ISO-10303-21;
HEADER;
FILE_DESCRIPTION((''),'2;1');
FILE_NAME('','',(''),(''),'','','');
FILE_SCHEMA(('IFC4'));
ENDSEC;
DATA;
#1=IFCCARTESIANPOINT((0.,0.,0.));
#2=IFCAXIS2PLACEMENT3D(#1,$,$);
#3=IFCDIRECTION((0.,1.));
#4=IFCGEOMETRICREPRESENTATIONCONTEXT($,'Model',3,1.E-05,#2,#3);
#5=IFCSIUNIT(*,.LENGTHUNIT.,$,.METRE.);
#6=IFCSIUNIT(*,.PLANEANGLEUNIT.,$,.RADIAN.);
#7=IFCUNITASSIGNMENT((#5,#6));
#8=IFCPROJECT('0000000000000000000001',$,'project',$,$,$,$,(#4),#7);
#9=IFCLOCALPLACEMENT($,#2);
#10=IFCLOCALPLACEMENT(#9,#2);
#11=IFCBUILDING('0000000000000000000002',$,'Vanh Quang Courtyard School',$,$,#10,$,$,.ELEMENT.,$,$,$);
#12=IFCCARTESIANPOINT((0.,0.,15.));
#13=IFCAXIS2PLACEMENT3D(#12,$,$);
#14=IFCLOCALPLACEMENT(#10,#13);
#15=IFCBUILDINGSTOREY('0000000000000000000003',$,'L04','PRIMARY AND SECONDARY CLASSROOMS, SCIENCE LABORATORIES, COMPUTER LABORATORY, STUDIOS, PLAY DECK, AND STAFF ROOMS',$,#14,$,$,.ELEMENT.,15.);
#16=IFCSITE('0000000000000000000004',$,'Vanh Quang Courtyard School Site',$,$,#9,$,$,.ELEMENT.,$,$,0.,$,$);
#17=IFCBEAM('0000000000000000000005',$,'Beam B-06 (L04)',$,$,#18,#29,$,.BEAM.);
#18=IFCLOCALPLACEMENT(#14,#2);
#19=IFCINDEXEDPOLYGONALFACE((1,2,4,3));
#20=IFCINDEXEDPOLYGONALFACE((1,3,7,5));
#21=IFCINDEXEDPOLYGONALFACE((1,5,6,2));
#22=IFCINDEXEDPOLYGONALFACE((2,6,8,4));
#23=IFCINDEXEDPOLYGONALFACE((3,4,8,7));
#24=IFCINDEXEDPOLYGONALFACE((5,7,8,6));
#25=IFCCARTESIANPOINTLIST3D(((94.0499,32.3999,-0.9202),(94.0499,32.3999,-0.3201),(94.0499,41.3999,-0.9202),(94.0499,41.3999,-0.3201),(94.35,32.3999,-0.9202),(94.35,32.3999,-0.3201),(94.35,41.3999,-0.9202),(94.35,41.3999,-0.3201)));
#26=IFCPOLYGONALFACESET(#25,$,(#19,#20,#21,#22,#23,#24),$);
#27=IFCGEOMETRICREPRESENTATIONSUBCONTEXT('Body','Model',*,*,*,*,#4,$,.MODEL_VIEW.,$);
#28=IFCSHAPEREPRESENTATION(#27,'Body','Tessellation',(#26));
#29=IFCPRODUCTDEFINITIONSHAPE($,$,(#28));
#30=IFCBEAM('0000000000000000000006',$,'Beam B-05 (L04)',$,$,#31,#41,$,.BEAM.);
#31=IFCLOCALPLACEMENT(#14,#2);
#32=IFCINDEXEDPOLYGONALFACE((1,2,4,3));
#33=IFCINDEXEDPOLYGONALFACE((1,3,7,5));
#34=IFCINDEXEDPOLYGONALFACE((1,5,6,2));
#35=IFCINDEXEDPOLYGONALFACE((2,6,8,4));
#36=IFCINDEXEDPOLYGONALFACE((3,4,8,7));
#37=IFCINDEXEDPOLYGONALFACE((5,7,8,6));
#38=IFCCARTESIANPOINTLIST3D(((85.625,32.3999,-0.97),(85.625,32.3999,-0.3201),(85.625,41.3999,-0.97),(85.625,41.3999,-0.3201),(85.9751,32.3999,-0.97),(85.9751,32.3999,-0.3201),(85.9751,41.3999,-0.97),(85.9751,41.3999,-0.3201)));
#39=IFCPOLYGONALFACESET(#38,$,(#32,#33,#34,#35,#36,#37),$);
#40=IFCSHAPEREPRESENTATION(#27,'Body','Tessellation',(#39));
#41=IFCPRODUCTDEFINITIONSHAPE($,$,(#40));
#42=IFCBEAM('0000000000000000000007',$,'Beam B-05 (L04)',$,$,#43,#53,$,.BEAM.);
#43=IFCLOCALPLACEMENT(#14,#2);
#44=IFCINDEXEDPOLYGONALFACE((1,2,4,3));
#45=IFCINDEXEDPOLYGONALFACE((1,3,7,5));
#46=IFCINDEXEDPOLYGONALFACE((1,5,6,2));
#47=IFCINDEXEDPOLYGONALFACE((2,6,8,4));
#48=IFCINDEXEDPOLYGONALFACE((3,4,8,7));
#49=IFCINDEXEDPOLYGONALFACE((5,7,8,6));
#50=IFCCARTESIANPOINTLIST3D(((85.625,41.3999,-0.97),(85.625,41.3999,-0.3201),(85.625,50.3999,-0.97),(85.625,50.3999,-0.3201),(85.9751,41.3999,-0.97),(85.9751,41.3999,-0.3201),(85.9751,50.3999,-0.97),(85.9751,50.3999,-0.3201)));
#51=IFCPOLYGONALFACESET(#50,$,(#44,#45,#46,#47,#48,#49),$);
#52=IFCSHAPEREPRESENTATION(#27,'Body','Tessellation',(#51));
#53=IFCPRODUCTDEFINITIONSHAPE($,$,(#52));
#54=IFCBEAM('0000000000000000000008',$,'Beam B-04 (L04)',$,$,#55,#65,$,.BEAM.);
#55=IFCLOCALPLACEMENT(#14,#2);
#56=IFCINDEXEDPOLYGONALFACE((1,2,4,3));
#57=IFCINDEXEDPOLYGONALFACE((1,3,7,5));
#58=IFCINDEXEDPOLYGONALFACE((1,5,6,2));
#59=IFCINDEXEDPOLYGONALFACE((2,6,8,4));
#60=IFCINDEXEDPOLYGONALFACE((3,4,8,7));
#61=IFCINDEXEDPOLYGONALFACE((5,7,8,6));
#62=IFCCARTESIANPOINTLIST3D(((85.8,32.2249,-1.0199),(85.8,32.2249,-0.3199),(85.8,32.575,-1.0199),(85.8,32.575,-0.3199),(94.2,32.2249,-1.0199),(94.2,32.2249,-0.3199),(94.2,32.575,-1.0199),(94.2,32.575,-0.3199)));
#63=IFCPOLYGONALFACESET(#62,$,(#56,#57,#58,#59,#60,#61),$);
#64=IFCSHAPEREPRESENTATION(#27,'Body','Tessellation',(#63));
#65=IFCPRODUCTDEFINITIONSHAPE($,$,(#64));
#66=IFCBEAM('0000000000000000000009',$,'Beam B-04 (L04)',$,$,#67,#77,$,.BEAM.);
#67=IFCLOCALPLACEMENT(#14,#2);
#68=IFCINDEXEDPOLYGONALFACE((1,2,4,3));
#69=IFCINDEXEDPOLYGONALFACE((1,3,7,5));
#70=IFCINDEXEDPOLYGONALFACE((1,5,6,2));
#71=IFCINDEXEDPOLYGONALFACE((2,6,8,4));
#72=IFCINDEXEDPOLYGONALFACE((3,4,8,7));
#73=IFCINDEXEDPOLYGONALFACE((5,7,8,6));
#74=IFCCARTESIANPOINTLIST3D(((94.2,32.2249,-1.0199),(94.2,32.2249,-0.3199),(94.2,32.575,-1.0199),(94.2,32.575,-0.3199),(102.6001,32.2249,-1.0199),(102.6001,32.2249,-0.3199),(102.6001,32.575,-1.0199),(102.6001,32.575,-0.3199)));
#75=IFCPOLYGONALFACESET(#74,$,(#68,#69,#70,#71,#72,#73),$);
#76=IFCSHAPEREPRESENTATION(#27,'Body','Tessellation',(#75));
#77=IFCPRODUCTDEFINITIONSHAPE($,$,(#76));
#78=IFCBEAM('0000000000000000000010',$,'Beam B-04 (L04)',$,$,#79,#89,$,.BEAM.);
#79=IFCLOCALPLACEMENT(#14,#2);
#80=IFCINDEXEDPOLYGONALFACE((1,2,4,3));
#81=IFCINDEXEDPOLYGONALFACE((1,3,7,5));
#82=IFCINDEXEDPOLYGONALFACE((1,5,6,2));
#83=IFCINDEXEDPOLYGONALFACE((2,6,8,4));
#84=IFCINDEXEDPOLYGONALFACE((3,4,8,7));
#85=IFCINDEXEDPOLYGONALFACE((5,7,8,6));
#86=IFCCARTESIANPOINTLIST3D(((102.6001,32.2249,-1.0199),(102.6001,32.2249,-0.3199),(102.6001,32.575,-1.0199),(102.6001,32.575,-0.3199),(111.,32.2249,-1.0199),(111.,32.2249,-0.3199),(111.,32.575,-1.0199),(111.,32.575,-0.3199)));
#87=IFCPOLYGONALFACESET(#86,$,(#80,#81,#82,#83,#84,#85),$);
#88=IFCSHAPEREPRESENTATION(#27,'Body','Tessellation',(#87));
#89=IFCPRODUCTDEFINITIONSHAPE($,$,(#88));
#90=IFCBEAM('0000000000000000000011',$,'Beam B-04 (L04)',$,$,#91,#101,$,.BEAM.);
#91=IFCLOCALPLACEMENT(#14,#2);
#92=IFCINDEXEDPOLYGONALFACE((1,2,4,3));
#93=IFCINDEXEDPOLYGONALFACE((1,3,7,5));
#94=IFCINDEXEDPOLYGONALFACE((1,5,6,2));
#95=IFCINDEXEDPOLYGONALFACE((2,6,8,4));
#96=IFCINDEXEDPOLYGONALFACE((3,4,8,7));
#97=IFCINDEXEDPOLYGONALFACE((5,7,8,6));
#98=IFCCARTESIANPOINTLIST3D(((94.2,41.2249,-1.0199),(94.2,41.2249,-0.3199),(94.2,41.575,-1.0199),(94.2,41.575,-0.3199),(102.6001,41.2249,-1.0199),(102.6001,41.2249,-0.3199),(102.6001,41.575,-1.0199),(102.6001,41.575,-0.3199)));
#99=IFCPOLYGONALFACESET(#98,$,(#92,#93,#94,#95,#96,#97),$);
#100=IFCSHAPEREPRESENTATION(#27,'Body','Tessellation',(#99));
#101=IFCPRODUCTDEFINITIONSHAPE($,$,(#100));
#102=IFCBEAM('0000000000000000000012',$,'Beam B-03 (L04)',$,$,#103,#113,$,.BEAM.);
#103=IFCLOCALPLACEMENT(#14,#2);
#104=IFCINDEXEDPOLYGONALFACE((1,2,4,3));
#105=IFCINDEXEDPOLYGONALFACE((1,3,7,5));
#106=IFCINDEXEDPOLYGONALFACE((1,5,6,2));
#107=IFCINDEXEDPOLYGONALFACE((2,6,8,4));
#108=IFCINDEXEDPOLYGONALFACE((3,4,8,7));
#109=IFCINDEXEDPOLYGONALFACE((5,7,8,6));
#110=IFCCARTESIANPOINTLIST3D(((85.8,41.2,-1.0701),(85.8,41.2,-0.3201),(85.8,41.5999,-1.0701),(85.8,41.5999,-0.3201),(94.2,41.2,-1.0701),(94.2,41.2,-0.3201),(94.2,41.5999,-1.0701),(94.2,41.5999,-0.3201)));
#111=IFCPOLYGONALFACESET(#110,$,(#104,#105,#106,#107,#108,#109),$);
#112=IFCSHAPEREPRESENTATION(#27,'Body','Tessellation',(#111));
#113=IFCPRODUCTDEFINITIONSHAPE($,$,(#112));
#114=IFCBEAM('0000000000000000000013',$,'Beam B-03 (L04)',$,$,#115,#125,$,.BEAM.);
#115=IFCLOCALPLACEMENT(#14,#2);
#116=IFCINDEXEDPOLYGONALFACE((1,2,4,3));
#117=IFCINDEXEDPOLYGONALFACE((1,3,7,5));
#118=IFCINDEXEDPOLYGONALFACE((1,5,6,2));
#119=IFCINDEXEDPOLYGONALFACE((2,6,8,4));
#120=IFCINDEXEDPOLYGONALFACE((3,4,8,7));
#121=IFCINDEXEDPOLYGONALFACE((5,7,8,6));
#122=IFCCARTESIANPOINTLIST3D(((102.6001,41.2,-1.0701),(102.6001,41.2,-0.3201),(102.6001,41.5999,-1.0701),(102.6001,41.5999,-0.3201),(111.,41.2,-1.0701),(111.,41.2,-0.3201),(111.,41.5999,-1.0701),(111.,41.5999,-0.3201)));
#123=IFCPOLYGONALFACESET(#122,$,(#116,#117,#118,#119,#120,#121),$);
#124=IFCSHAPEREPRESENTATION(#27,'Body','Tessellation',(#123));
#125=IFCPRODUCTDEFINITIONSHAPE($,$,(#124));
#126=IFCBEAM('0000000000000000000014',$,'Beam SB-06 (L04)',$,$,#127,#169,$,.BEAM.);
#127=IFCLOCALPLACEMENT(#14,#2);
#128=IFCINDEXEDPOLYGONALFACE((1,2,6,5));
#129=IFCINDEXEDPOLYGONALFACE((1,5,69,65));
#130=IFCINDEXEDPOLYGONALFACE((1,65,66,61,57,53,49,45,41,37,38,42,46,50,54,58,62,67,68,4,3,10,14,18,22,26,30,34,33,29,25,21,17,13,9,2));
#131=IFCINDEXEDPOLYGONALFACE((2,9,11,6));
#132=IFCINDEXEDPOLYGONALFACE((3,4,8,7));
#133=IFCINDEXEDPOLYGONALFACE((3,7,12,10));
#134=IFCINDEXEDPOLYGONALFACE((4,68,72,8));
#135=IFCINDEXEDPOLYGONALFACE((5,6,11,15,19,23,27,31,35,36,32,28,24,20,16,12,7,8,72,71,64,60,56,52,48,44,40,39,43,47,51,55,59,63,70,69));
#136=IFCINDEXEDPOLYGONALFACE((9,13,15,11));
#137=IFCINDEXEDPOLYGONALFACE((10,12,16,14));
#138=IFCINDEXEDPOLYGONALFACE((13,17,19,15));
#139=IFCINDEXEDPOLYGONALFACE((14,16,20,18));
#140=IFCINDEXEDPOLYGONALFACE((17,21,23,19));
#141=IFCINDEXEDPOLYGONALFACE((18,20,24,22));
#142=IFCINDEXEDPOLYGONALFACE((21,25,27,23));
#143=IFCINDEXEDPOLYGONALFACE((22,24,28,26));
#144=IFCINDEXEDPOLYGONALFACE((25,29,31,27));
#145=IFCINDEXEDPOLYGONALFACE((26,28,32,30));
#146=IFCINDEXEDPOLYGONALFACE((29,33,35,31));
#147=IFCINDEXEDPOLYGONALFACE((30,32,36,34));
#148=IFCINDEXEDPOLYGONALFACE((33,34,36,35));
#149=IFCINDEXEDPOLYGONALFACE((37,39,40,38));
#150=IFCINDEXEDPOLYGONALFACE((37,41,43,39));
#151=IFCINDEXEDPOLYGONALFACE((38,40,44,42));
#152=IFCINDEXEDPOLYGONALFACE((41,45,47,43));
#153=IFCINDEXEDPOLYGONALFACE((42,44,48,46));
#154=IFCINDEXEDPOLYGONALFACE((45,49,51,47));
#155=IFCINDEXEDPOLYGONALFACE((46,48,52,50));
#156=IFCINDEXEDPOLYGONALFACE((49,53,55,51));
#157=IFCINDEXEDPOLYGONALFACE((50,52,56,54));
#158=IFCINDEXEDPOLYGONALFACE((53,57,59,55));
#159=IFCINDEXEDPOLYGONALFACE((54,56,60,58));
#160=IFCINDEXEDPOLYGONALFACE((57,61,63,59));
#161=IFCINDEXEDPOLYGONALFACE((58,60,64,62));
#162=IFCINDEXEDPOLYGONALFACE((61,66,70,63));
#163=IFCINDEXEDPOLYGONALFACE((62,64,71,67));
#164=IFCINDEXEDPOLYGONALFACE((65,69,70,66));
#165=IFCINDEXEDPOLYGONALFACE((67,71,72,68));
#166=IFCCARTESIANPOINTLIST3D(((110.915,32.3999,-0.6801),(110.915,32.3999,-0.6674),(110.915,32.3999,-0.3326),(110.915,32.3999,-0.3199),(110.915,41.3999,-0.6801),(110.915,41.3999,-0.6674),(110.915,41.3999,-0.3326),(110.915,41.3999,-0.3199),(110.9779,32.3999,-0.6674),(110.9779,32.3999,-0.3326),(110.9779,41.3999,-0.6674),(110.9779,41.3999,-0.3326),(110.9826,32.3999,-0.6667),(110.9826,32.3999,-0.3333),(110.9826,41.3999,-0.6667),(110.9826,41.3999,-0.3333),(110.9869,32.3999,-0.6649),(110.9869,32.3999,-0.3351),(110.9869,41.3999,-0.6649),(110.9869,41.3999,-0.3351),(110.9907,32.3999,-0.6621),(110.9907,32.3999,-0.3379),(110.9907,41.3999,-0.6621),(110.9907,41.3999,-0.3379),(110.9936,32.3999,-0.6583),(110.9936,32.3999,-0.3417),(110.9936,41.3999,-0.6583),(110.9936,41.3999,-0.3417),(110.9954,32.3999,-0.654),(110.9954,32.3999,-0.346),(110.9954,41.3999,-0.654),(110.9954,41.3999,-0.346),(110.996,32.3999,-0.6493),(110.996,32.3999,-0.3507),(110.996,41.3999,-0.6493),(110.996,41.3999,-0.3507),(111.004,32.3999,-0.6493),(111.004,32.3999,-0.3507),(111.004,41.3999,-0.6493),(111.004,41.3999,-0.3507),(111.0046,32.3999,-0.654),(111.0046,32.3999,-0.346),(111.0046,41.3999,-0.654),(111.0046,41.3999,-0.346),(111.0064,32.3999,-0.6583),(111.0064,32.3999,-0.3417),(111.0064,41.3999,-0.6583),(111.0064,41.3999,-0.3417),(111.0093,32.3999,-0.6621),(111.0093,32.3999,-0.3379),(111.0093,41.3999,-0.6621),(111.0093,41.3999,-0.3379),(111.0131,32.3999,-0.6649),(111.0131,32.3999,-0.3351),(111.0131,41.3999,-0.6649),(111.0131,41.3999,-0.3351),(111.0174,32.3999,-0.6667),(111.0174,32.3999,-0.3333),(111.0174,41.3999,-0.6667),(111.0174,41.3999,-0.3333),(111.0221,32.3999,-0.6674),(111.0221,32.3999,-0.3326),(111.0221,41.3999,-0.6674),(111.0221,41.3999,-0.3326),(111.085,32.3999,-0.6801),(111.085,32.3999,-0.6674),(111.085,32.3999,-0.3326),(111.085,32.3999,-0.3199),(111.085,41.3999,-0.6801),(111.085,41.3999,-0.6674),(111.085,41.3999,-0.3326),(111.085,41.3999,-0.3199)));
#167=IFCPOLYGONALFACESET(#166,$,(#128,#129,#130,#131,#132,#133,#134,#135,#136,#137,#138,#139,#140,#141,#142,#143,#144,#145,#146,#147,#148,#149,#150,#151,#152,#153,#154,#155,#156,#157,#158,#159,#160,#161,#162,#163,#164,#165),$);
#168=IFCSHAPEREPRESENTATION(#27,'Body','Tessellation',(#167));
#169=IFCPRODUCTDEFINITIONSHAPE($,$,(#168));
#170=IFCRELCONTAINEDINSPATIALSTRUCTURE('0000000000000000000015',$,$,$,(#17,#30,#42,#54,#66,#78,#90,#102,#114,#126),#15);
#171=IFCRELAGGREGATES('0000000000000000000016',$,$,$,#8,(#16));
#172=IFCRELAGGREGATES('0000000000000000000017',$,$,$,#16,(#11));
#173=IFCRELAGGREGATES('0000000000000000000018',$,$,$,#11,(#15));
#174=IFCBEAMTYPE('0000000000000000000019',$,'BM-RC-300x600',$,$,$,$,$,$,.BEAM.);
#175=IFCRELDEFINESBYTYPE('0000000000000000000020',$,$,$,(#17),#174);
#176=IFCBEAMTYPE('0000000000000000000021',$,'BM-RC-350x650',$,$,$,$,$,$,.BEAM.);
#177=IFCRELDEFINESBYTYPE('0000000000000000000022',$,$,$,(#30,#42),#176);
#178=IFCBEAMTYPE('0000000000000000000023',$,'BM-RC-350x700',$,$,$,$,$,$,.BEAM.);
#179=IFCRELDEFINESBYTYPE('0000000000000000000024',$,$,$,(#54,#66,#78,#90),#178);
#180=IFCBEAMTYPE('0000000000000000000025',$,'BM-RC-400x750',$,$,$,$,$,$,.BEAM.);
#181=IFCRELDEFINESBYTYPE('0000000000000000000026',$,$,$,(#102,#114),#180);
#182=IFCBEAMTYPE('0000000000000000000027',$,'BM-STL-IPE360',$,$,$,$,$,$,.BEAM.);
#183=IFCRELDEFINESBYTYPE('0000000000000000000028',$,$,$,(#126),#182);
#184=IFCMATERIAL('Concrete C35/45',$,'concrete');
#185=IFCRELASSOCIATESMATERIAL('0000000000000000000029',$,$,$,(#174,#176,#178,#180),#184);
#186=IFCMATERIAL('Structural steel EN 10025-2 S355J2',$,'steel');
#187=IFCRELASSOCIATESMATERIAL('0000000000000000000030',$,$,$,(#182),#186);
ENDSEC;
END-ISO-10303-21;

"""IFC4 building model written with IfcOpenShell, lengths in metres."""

from ifc_helpers import new_model, si_unit, direction, frame, origin, origin_2d, place, context, subcontext, project, spatial, rectangle, i_section, extrude, material, material_profile, profile_set, type_object, element, save


model = new_model("IFC4")

# Units and contexts
model_context = context("Model", 3, precision=1e-05, world=origin(), true_north=direction((0.0, 1.0)))
body_context = subcontext(model_context, "Body", "Model", "MODEL_VIEW")
ifc_project = project(units=[si_unit("LENGTHUNIT", "METRE"), si_unit("PLANEANGLEUNIT", "RADIAN")], contexts=[model_context])

# Site, building, storey
site_placement = place(None, origin())
site = spatial("IfcSite", under=ifc_project, at=site_placement, Name="Vanh Quang Courtyard School Site", CompositionType="ELEMENT", RefElevation=0.0)
building_placement = place(site_placement, origin())
building = spatial("IfcBuilding", under=site, at=building_placement, Name="Vanh Quang Courtyard School", CompositionType="ELEMENT")
storey_placement = place(building_placement, frame((0.0, 0.0, 15.0)))
storey = spatial("IfcBuildingStorey", under=building, at=storey_placement, Name="L04", Description="PRIMARY AND SECONDARY CLASSROOMS, SCIENCE LABORATORIES, COMPUTER LABORATORY, STUDIOS, PLAY DECK, AND STAFF ROOMS", CompositionType="ELEMENT", Elevation=15.0)

# Beams
ifc_material_1 = material(Name="Concrete C35/45", Category="concrete")
ifc_material_profile_1 = material_profile(ifc_material_1, rectangle(XDim=0.3, YDim=0.6001, at=origin_2d()), Name="RC-BM 300x600")
ifc_profile_set_1 = profile_set([ifc_material_profile_1], Name="Concrete C35/45")
beam_type_1 = type_object("IfcBeamType", Name="BM-RC-300x600", PredefinedType="BEAM", material=ifc_profile_set_1)
beam_1_placement = place(storey_placement, frame((94.2, 32.3999, -0.6201), z_axis=(0.0, 1.0, 0.0), x_axis=(-1.0, 0.0, 0.0)))
element("IfcBeam", 1, at=beam_1_placement, inside=storey, type_object=beam_type_1, Name="Beam B-06 (L04)", PredefinedType="BEAM", context=body_context, shape_type="SweptSolid", body=[
    extrude(rectangle(XDim=0.3, YDim=0.6001, at=origin_2d()), origin(), (0.0, 0.0, 1.0), 9.0),
])
ifc_material_profile_2 = material_profile(ifc_material_1, rectangle(XDim=0.3501, YDim=0.6499, at=origin_2d()), Name="RC-BM 350x650")
ifc_profile_set_2 = profile_set([ifc_material_profile_2], Name="Concrete C35/45")
beam_type_2 = type_object("IfcBeamType", Name="BM-RC-350x650", PredefinedType="BEAM", material=ifc_profile_set_2)
for number, where, z_axis, x_axis, name in (
    (2, (85.8, 32.3999, -0.645), (0.0, 1.0, 0.0), (-1.0, 0.0, 0.0), "Beam B-05 (L04)"),
    (3, (85.8, 41.3999, -0.645), (0.0, 1.0, 0.0), (-1.0, 0.0, 0.0), "Beam B-05 (L04)"),
):
    element("IfcBeam", number, at=place(storey_placement, frame(where, z_axis=z_axis, x_axis=x_axis)), inside=storey, type_object=beam_type_2, Name=name, PredefinedType="BEAM", context=body_context, shape_type="SweptSolid", body=[
        extrude(rectangle(XDim=0.3501, YDim=0.6499, at=origin_2d()), origin(), (0.0, 0.0, 1.0), 9.0),
    ])
ifc_material_profile_3 = material_profile(ifc_material_1, rectangle(XDim=0.3501, YDim=0.7, at=origin_2d()), Name="RC-BM 350x700")
ifc_profile_set_3 = profile_set([ifc_material_profile_3], Name="Concrete C35/45")
beam_type_3 = type_object("IfcBeamType", Name="BM-RC-350x700", PredefinedType="BEAM", material=ifc_profile_set_3)
beam_2_placement = place(storey_placement, frame((85.8, 32.3999, -0.6699), z_axis=(1.0, 0.0, 0.0), x_axis=(0.0, 1.0, 0.0)))
element("IfcBeam", 4, at=beam_2_placement, inside=storey, type_object=beam_type_3, Name="Beam B-04 (L04)", PredefinedType="BEAM", context=body_context, shape_type="SweptSolid", body=[
    extrude(rectangle(XDim=0.3501, YDim=0.7, at=origin_2d()), origin(), (0.0, 0.0, 1.0), 8.3999),
])
beam_3_placement = place(storey_placement, frame((94.2, 32.3999, -0.6699), z_axis=(1.0, 0.0, 0.0), x_axis=(0.0, 1.0, 0.0)))
element("IfcBeam", 5, at=beam_3_placement, inside=storey, type_object=beam_type_3, Name="Beam B-04 (L04)", PredefinedType="BEAM", context=body_context, shape_type="SweptSolid", body=[
    extrude(rectangle(XDim=0.3501, YDim=0.7, at=origin_2d()), origin(), (0.0, 0.0, 1.0), 8.4001),
])
beam_4_placement = place(storey_placement, frame((102.6001, 32.3999, -0.6699), z_axis=(1.0, 0.0, 0.0), x_axis=(0.0, 1.0, 0.0)))
element("IfcBeam", 6, at=beam_4_placement, inside=storey, type_object=beam_type_3, Name="Beam B-04 (L04)", PredefinedType="BEAM", context=body_context, shape_type="SweptSolid", body=[
    extrude(rectangle(XDim=0.3501, YDim=0.7, at=origin_2d()), origin(), (0.0, 0.0, 1.0), 8.3999),
])
beam_5_placement = place(storey_placement, frame((94.2, 41.3999, -0.6699), z_axis=(1.0, 0.0, 0.0), x_axis=(0.0, 1.0, 0.0)))
element("IfcBeam", 7, at=beam_5_placement, inside=storey, type_object=beam_type_3, Name="Beam B-04 (L04)", PredefinedType="BEAM", context=body_context, shape_type="SweptSolid", body=[
    extrude(rectangle(XDim=0.3501, YDim=0.7, at=origin_2d()), origin(), (0.0, 0.0, 1.0), 8.4001),
])
ifc_material_profile_4 = material_profile(ifc_material_1, rectangle(XDim=0.3999, YDim=0.75, at=origin_2d()), Name="RC-BM 400x750")
ifc_profile_set_4 = profile_set([ifc_material_profile_4], Name="Concrete C35/45")
beam_type_4 = type_object("IfcBeamType", Name="BM-RC-400x750", PredefinedType="BEAM", material=ifc_profile_set_4)
for number, where, z_axis, x_axis, name in (
    (8, (85.8, 41.3999, -0.6951), (1.0, 0.0, 0.0), (0.0, 1.0, 0.0), "Beam B-03 (L04)"),
    (9, (102.6001, 41.3999, -0.6951), (1.0, 0.0, 0.0), (0.0, 1.0, 0.0), "Beam B-03 (L04)"),
):
    element("IfcBeam", number, at=place(storey_placement, frame(where, z_axis=z_axis, x_axis=x_axis)), inside=storey, type_object=beam_type_4, Name=name, PredefinedType="BEAM", context=body_context, shape_type="SweptSolid", body=[
        extrude(rectangle(XDim=0.3999, YDim=0.75, at=origin_2d()), origin(), (0.0, 0.0, 1.0), 8.3999),
    ])
ifc_material_2 = material(Name="Structural steel EN 10025-2 S355J2", Category="steel")
ifc_material_profile_5 = material_profile(ifc_material_2, i_section(OverallWidth=0.1699, OverallDepth=0.3601, WebThickness=0.0081, FlangeThickness=0.0127, FilletRadius=0.0181, at=origin_2d()), Name="IPE 360")
ifc_profile_set_5 = profile_set([ifc_material_profile_5], Name="Structural steel EN 10025-2 S355J2")
beam_type_5 = type_object("IfcBeamType", Name="BM-STL-IPE360", PredefinedType="BEAM", material=ifc_profile_set_5)
beam_6_placement = place(storey_placement, frame((111.0, 32.3999, -0.5), z_axis=(0.0, 1.0, 0.0), x_axis=(-1.0, 0.0, 0.0)))
element("IfcBeam", 10, at=beam_6_placement, inside=storey, type_object=beam_type_5, Name="Beam SB-06 (L04)", PredefinedType="BEAM", context=body_context, shape_type="SweptSolid", body=[
    extrude(i_section(OverallWidth=0.1699, OverallDepth=0.3601, WebThickness=0.0081, FlangeThickness=0.0127, FilletRadius=0.0181, at=origin_2d()), origin(), (0.0, 0.0, 1.0), 9.0),
])

save(model, "model.ifc")
